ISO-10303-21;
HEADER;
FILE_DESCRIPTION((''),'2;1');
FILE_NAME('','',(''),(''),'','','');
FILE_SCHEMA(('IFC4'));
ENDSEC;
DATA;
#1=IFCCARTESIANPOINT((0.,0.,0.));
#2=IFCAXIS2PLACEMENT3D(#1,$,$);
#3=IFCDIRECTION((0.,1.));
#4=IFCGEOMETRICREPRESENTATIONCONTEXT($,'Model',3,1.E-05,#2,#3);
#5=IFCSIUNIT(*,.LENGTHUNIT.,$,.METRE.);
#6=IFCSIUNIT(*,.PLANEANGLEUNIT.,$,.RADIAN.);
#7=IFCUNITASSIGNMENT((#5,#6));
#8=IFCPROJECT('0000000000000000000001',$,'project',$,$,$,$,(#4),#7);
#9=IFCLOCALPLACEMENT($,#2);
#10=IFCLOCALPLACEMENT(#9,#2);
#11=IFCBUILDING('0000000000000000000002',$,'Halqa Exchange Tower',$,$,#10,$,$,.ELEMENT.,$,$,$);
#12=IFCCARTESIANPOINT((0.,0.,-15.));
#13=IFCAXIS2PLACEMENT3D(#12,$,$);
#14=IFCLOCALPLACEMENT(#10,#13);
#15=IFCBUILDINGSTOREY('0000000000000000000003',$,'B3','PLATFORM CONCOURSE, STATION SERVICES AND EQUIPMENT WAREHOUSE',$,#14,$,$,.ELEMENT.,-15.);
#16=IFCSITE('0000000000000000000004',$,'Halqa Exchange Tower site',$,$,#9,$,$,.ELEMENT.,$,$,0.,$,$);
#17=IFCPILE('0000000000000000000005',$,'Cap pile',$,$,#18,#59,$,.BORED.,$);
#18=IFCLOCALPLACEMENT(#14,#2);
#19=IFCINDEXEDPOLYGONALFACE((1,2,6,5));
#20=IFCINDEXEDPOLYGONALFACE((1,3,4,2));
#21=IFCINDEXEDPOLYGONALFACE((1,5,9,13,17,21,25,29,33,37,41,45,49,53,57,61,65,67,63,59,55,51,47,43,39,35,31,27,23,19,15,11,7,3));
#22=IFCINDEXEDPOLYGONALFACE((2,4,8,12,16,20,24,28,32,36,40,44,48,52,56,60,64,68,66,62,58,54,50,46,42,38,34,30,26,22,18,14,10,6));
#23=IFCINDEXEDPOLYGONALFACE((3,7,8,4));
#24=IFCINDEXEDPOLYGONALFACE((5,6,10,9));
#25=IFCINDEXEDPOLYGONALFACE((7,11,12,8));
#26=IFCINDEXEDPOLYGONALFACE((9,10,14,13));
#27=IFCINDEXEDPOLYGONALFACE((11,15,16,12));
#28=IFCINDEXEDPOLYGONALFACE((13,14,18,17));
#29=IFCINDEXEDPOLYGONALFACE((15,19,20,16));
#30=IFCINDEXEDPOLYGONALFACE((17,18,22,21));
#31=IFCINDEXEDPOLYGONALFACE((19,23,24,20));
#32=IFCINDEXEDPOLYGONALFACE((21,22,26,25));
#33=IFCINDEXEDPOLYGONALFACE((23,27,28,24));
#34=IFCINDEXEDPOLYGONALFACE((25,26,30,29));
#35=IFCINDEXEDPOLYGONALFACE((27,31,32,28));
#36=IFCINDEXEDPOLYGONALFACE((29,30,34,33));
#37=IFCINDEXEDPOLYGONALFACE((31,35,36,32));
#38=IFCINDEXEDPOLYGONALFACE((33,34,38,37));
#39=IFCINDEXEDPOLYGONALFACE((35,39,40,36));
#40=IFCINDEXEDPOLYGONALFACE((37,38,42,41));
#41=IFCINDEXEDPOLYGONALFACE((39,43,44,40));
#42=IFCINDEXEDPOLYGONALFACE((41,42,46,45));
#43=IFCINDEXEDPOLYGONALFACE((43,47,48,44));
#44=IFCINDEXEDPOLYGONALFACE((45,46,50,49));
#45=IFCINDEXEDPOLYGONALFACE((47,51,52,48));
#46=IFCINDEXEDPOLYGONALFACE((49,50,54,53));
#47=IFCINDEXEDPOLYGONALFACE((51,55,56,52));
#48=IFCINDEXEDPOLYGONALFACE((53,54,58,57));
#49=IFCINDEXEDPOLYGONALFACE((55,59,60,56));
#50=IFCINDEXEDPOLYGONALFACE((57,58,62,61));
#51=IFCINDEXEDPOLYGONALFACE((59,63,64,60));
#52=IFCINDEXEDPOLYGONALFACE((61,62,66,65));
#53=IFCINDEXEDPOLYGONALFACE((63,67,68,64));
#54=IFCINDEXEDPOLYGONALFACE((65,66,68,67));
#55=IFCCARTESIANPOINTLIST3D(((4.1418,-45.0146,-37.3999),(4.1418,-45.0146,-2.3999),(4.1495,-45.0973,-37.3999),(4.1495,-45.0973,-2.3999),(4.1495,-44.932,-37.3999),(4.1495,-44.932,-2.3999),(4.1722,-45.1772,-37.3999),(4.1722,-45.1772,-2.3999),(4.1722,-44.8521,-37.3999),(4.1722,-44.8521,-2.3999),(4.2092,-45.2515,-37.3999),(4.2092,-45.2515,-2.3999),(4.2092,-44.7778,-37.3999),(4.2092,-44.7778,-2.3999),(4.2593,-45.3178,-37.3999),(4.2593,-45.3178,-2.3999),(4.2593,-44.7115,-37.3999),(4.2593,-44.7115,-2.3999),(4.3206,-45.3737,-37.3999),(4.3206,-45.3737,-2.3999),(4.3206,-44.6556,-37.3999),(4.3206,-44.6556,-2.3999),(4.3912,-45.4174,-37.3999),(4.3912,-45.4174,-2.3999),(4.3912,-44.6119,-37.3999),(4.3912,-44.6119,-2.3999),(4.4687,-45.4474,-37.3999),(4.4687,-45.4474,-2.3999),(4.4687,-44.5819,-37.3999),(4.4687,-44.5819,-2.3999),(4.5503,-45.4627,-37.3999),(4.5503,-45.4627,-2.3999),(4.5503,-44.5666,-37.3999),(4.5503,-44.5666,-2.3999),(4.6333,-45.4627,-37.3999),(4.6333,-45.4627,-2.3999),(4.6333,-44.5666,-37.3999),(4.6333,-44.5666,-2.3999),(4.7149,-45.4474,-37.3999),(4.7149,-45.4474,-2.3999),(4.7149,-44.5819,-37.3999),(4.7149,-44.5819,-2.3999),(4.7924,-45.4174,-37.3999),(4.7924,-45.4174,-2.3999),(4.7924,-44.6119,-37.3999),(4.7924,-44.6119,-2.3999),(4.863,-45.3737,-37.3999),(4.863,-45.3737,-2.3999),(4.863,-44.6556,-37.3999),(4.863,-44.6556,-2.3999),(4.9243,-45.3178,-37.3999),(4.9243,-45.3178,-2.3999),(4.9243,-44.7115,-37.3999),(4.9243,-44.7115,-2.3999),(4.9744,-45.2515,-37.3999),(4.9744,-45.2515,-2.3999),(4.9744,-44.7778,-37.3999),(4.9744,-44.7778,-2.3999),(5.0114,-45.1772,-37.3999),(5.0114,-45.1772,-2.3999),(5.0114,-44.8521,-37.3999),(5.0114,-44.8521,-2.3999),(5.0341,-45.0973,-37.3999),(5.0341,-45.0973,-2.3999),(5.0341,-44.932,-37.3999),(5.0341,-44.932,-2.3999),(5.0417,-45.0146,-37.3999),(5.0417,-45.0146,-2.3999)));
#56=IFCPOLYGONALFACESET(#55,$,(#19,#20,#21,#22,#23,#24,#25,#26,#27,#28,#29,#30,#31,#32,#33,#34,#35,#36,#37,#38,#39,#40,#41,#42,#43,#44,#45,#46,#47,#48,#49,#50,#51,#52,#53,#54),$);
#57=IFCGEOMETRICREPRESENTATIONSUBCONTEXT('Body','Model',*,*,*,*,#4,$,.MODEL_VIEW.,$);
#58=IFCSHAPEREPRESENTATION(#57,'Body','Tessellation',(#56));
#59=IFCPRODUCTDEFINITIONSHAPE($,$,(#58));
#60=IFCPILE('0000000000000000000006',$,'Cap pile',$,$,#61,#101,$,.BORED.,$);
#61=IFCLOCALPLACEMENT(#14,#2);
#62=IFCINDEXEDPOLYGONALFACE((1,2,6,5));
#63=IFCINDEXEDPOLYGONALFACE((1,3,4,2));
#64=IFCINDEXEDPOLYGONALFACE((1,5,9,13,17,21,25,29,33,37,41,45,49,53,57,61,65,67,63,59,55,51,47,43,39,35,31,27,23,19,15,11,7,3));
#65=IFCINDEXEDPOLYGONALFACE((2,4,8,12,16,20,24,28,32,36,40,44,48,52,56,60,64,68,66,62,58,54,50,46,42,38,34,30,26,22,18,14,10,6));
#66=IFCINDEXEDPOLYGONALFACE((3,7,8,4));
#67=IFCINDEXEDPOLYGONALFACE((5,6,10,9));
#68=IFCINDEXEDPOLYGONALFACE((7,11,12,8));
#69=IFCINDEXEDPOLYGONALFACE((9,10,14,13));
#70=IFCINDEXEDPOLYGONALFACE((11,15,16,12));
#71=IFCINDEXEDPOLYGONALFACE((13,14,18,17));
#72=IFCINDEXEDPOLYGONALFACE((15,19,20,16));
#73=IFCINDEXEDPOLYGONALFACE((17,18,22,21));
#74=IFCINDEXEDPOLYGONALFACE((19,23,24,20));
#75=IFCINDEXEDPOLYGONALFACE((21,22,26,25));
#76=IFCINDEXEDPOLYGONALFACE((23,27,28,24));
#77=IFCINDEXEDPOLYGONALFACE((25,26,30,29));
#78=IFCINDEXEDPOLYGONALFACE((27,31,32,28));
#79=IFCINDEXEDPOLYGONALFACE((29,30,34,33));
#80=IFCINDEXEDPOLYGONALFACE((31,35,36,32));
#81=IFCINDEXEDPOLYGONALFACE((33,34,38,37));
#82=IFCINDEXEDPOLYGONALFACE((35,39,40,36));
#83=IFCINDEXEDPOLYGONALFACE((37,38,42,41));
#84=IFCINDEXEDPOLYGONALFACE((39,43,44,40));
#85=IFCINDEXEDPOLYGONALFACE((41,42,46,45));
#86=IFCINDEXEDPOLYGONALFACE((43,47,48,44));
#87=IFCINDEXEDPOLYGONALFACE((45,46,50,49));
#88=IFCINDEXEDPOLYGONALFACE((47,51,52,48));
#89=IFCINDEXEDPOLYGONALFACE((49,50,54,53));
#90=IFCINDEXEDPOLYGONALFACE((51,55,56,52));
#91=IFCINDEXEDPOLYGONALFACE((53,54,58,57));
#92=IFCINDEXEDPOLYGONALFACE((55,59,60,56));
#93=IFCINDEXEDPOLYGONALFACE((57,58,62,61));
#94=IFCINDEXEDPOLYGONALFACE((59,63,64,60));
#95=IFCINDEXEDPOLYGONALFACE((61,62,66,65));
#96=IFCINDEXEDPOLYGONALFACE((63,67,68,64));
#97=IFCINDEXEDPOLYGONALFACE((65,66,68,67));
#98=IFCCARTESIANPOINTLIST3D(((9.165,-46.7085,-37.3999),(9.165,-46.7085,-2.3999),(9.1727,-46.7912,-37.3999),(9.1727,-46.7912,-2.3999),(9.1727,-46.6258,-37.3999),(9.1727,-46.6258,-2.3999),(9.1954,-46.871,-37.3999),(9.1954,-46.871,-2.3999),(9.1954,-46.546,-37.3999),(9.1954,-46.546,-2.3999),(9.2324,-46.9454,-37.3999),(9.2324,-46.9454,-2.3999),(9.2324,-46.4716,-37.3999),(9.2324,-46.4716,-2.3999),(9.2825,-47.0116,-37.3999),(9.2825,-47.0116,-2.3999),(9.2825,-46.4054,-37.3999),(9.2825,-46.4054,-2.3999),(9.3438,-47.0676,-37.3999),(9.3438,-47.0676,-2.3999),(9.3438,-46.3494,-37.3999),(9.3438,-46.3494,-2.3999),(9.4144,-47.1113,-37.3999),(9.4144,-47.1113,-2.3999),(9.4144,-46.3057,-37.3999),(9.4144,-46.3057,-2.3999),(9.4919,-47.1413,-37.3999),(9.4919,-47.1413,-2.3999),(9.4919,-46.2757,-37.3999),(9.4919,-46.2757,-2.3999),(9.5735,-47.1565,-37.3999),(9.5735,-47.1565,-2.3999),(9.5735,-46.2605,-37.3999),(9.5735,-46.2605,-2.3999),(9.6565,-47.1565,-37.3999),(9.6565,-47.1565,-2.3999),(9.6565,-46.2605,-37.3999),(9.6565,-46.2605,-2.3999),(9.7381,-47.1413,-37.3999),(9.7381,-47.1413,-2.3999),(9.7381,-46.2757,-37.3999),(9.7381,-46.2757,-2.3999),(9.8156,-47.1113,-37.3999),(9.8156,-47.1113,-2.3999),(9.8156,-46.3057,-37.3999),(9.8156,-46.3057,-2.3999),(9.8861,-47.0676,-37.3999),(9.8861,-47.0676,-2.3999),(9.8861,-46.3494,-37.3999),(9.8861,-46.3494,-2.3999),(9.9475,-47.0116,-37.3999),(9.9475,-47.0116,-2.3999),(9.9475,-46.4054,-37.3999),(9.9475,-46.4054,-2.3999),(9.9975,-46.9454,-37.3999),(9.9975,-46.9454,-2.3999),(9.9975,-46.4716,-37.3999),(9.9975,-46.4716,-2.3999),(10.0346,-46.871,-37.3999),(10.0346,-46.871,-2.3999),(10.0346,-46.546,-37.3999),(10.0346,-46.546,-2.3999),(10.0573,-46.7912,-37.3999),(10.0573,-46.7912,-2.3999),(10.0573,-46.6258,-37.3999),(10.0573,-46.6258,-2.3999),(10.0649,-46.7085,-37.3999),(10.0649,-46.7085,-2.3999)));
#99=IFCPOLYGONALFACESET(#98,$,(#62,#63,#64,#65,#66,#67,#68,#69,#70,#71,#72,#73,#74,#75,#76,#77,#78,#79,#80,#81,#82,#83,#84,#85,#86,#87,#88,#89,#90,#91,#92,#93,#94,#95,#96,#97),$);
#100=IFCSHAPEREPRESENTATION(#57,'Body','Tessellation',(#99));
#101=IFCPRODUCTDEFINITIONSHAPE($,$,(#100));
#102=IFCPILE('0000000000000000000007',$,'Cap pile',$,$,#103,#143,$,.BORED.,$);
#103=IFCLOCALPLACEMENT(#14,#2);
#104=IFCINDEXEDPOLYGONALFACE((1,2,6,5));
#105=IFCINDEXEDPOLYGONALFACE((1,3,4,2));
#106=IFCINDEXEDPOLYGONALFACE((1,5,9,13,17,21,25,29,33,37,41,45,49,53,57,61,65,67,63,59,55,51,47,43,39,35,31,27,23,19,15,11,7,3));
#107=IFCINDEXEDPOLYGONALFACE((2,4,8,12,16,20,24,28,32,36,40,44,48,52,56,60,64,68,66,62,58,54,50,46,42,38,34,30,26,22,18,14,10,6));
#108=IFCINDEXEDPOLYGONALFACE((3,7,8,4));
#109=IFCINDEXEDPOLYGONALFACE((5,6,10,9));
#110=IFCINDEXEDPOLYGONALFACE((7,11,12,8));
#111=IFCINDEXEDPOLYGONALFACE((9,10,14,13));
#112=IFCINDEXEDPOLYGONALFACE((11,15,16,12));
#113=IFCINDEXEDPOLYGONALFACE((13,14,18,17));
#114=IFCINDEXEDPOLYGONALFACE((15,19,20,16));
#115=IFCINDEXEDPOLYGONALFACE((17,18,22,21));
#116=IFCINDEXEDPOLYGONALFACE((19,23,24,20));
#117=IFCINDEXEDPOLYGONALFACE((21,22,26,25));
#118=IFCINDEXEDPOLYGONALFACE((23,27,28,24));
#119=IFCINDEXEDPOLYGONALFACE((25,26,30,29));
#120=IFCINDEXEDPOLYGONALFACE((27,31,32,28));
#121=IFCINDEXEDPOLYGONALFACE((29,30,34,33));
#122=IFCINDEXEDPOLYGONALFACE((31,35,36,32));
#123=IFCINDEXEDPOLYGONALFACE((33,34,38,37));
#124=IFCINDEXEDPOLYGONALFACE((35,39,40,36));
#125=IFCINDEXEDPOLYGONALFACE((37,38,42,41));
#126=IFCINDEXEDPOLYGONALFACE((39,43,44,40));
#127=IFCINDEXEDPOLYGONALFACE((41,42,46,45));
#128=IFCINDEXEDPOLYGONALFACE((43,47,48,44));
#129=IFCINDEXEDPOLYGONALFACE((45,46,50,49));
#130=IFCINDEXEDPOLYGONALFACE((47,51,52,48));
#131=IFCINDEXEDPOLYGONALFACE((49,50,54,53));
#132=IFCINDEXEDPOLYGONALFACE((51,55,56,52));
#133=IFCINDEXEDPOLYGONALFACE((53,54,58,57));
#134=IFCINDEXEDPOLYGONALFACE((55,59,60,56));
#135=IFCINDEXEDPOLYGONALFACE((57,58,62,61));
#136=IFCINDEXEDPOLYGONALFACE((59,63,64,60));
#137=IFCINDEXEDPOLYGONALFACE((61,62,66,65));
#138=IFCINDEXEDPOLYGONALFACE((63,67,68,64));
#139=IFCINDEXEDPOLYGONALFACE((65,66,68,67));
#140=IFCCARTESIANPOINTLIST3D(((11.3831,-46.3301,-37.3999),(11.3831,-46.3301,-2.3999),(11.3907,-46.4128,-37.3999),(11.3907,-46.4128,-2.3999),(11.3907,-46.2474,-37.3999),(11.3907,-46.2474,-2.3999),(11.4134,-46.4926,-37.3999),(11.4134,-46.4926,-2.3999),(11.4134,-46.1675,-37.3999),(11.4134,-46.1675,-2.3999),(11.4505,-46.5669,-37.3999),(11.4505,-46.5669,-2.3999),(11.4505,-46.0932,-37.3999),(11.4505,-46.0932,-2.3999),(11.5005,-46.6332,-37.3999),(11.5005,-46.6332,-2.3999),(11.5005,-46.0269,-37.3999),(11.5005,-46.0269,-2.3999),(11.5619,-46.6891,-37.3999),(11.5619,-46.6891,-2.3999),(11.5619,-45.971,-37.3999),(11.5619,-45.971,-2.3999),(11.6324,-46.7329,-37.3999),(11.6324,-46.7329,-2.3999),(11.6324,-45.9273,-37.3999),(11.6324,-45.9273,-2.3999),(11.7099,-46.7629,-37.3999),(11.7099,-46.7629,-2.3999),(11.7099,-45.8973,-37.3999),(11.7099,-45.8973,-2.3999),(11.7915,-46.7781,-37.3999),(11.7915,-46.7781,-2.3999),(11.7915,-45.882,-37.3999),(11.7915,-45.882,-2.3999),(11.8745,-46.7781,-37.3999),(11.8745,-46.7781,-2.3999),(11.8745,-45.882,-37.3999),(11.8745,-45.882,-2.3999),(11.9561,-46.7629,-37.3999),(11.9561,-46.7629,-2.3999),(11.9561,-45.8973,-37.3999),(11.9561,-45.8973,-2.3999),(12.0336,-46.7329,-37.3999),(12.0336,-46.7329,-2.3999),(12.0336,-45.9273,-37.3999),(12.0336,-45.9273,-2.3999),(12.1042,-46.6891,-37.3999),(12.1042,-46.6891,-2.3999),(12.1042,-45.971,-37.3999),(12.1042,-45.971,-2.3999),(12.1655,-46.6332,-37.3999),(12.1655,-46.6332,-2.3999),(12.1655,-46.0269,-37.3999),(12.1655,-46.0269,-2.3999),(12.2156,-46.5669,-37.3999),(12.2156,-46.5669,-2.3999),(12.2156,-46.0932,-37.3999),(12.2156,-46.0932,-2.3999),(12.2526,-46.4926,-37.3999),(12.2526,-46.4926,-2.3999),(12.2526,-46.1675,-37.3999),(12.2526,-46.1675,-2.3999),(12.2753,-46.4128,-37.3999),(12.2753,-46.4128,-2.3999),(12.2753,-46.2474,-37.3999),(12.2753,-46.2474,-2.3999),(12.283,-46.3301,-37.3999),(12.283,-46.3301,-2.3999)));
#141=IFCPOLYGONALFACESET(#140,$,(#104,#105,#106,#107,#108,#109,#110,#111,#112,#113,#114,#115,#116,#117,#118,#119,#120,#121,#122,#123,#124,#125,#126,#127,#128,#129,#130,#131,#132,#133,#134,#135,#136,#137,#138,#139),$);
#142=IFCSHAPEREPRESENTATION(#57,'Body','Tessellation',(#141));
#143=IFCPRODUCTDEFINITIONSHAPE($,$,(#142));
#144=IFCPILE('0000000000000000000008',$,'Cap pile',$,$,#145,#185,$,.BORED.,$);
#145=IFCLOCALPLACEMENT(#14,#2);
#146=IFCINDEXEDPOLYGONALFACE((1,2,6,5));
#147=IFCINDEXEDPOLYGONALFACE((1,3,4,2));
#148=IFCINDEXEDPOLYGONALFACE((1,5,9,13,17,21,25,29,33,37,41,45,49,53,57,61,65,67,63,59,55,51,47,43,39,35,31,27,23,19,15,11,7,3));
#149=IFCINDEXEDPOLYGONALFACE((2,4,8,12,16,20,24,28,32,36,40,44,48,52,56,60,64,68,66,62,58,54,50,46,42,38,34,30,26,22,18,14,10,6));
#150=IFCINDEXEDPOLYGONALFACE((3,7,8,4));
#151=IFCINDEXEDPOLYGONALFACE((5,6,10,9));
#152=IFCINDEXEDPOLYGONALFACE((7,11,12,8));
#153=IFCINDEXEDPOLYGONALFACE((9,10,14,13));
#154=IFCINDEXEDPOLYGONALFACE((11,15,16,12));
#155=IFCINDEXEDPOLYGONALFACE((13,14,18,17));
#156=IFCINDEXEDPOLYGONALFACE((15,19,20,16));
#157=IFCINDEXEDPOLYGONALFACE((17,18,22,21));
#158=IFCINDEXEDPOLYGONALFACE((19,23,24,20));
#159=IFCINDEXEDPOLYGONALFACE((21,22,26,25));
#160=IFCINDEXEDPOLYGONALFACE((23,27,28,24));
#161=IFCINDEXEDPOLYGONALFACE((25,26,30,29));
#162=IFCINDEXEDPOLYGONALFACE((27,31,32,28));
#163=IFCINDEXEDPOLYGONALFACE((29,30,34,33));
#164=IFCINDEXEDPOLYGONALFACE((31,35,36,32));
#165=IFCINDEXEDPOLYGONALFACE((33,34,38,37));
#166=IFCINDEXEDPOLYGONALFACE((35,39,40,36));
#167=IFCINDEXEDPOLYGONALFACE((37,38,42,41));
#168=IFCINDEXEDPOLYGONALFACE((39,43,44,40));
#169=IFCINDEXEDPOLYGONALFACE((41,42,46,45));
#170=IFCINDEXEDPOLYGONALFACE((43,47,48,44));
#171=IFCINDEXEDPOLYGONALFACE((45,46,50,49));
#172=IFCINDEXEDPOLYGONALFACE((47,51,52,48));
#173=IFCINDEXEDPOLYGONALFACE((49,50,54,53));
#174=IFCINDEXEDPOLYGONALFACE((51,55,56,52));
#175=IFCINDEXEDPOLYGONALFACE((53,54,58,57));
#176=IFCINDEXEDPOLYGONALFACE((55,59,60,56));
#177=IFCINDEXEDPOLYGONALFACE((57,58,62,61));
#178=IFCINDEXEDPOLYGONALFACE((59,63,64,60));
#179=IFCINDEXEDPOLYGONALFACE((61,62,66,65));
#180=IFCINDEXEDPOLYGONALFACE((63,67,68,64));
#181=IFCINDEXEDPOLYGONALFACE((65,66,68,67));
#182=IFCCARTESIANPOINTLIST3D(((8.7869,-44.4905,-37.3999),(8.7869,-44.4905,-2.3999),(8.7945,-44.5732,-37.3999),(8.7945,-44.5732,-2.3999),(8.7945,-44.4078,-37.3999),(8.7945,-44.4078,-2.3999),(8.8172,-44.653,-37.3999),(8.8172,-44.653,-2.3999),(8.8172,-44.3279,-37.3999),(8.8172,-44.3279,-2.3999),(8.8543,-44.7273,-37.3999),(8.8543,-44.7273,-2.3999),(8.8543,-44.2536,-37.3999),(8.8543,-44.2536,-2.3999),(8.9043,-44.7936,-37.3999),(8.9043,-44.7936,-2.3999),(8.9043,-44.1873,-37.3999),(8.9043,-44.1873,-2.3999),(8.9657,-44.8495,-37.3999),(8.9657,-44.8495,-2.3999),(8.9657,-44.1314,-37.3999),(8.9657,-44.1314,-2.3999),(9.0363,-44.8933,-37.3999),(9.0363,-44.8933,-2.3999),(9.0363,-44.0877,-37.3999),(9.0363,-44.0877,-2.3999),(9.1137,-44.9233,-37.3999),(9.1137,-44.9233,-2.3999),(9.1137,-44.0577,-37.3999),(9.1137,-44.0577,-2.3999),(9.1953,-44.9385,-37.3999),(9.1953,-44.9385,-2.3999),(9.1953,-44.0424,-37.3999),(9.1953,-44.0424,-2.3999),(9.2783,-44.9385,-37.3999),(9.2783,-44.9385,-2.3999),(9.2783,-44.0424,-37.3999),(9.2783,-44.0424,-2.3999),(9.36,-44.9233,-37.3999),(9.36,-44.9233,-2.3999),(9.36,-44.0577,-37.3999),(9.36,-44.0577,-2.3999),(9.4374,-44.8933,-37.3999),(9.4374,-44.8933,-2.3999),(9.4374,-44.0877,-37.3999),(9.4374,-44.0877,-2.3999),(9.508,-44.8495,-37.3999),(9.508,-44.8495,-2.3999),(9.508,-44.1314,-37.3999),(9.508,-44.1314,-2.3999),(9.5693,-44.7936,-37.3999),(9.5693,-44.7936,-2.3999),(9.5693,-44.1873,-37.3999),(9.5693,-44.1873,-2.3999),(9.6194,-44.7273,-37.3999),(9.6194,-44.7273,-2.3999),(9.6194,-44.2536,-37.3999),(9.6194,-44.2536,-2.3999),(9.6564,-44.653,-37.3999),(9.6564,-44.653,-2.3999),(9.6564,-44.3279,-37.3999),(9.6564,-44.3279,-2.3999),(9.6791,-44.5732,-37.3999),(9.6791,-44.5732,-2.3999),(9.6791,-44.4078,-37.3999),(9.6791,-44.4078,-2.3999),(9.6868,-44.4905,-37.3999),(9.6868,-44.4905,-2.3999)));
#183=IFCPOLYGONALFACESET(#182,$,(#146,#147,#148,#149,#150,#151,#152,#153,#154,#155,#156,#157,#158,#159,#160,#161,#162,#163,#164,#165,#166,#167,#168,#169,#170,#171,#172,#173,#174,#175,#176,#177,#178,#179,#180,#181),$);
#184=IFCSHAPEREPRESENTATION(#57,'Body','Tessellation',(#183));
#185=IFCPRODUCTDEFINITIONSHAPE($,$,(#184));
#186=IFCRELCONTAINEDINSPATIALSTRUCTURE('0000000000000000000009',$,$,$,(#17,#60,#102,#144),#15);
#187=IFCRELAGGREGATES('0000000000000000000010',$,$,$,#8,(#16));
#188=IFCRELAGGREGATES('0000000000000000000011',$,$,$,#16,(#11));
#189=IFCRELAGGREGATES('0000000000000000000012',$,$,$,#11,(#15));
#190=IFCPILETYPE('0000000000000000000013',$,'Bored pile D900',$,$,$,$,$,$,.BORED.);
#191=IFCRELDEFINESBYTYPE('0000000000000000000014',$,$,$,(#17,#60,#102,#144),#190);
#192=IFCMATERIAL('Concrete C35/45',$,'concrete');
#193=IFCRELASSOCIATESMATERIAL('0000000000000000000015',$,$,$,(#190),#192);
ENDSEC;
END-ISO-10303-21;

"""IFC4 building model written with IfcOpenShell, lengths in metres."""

from ifc_helpers import new_model, si_unit, direction, frame, origin, origin_2d, place, context, subcontext, project, spatial, circle, extrude, material, material_profile, profile_set, type_object, element, save


model = new_model("IFC4")

# Units and contexts
model_context = context("Model", 3, precision=1e-05, world=origin(), true_north=direction((0.0, 1.0)))
body_context = subcontext(model_context, "Body", "Model", "MODEL_VIEW")
ifc_project = project(units=[si_unit("LENGTHUNIT", "METRE"), si_unit("PLANEANGLEUNIT", "RADIAN")], contexts=[model_context])

# Site, building, storey
site_placement = place(None, origin())
site = spatial("IfcSite", under=ifc_project, at=site_placement, Name="Halqa Exchange Tower site", CompositionType="ELEMENT", RefElevation=0.0)
building_placement = place(site_placement, origin())
building = spatial("IfcBuilding", under=site, at=building_placement, Name="Halqa Exchange Tower", CompositionType="ELEMENT")
storey_placement = place(building_placement, frame((0.0, 0.0, -15.0)))
storey = spatial("IfcBuildingStorey", under=building, at=storey_placement, Name="B3", Description="PLATFORM CONCOURSE, STATION SERVICES AND EQUIPMENT WAREHOUSE", CompositionType="ELEMENT", Elevation=-15.0)

# Piles
ifc_material_1 = material(Name="Concrete C35/45", Category="concrete")
ifc_material_profile_1 = material_profile(ifc_material_1, circle(Radius=0.45, at=origin_2d()), Name="D900")
ifc_profile_set_1 = profile_set([ifc_material_profile_1], Name="Concrete C35/45")
pile_type_1 = type_object("IfcPileType", Name="Bored pile D900", PredefinedType="BORED", material=ifc_profile_set_1)
for number, where, z_axis, x_axis, name in (
    (1, (4.5918, -45.0146, -2.3999), (0.0, 0.0, -1.0), (1.0, 0.0, 0.0), "Cap pile"),
    (2, (9.615, -46.7085, -2.3999), (0.0, 0.0, -1.0), (1.0, 0.0, 0.0), "Cap pile"),
    (3, (11.833, -46.3301, -2.3999), (0.0, 0.0, -1.0), (1.0, 0.0, 0.0), "Cap pile"),
    (4, (9.2368, -44.4905, -2.3999), (0.0, 0.0, -1.0), (1.0, 0.0, 0.0), "Cap pile"),
):
    element("IfcPile", number, at=place(storey_placement, frame(where, z_axis=z_axis, x_axis=x_axis)), inside=storey, type_object=pile_type_1, Name=name, PredefinedType="BORED", context=body_context, shape_type="SweptSolid", body=[
        extrude(circle(Radius=0.45, at=origin_2d()), origin(), (0.0, 0.0, 1.0), 35.0),
    ])

save(model, "model.ifc")
